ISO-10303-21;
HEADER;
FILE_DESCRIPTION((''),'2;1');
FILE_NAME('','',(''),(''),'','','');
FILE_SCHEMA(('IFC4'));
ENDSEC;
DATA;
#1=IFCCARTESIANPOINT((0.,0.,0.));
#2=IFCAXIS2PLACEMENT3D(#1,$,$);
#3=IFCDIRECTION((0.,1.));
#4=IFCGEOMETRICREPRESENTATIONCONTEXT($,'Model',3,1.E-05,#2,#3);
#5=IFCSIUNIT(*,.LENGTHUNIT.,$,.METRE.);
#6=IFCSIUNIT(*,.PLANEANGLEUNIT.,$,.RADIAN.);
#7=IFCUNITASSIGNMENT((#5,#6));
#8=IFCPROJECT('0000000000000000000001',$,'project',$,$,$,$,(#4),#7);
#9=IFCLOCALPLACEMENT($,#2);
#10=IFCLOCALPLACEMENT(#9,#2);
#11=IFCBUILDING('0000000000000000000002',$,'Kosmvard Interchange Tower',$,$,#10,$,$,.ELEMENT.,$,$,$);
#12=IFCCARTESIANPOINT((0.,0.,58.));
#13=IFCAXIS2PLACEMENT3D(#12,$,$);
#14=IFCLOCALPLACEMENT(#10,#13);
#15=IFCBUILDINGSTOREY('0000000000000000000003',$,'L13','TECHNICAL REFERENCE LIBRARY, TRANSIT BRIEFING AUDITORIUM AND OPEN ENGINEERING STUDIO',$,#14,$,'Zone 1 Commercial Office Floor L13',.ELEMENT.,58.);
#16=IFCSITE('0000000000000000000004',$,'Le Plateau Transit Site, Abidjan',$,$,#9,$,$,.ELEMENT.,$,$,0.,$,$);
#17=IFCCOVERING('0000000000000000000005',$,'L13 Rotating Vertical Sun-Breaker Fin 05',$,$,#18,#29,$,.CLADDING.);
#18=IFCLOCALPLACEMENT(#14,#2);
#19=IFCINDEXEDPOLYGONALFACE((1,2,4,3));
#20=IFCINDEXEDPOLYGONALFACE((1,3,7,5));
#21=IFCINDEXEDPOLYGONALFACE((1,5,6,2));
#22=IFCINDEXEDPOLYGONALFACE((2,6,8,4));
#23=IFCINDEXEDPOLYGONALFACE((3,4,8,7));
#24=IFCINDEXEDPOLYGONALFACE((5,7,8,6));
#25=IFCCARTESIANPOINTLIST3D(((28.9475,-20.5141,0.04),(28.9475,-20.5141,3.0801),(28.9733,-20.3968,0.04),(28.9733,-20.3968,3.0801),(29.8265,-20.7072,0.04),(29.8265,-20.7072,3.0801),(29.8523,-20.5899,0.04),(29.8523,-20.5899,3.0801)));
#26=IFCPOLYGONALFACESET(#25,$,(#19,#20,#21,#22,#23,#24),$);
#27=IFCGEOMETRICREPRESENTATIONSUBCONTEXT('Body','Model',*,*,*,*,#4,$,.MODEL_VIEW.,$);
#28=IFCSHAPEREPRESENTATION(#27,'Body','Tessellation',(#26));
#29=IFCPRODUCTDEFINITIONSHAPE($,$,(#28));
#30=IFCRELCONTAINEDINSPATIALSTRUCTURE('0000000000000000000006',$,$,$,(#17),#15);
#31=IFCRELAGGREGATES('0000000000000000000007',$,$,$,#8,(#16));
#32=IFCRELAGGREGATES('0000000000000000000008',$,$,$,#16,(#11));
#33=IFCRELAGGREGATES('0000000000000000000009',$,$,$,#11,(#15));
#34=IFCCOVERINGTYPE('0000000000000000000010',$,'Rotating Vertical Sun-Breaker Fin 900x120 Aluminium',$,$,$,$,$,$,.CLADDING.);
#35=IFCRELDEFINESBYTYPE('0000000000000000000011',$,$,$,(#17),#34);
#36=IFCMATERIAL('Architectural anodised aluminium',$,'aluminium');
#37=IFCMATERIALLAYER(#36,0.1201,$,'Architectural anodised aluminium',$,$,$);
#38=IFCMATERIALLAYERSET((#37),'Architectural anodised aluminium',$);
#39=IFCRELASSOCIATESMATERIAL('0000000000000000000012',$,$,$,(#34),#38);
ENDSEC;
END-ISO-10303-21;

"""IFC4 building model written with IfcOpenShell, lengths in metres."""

from ifc_helpers import new_model, si_unit, direction, frame, origin, origin_2d, place, context, subcontext, project, spatial, rectangle, extrude, source, transform, mapped, material, layer, layer_set, type_object, element, save


model = new_model("IFC4")

# Units and contexts
model_context = context("Model", 3, precision=1e-05, world=origin(), true_north=direction((0.0, 1.0)))
body_context = subcontext(model_context, "Body", "Model", "MODEL_VIEW")
ifc_project = project(units=[si_unit("LENGTHUNIT", "METRE"), si_unit("PLANEANGLEUNIT", "RADIAN")], contexts=[model_context])

# Site, building, storey
site_placement = place(None, origin())
site = spatial("IfcSite", under=ifc_project, at=site_placement, Name="Le Plateau Transit Site, Abidjan", CompositionType="ELEMENT", RefElevation=0.0)
building_placement = place(site_placement, origin())
building = spatial("IfcBuilding", under=site, at=building_placement, Name="Kosmvard Interchange Tower", CompositionType="ELEMENT")
storey_placement = place(building_placement, frame((0.0, 0.0, 58.0)))
storey = spatial("IfcBuildingStorey", under=building, at=storey_placement, Name="L13", Description="TECHNICAL REFERENCE LIBRARY, TRANSIT BRIEFING AUDITORIUM AND OPEN ENGINEERING STUDIO", LongName="Zone 1 Commercial Office Floor L13", CompositionType="ELEMENT", Elevation=58.0)

# Covering
ifc_material_1 = material(Name="Architectural anodised aluminium", Category="aluminium")
ifc_layer_1 = layer(ifc_material_1, 0.1201, Name="Architectural anodised aluminium")
ifc_layer_set_1 = layer_set([ifc_layer_1], Name="Architectural anodised aluminium")
covering_type = type_object("IfcCoveringType", Name="Rotating Vertical Sun-Breaker Fin 900x120 Aluminium", PredefinedType="CLADDING", material=ifc_layer_set_1)
shared_shape_1 = source(origin(), body_context, "Body", "SweptSolid", [
    extrude(rectangle(XDim=0.8999, YDim=0.1201, at=origin_2d()), origin(), (0.0, 0.0, 1.0), 3.04),
])
for number, where, z_axis, x_axis, name in (
    (1, (29.3999, -20.552, 0.04), (0.0, 0.0, 1.0), (0.97671, -0.214565, 0.0), "L13 Rotating Vertical Sun-Breaker Fin 05"),
):
    element("IfcCovering", number, at=place(storey_placement, frame(where, z_axis=z_axis, x_axis=x_axis)), inside=storey, type_object=covering_type, Name=name, PredefinedType="CLADDING", context=body_context, shape_type="MappedRepresentation", body=[
        mapped(shared_shape_1, transform((0.0, 0.0, 0.0), scale=1.0)),
    ])

save(model, "model.ifc")
